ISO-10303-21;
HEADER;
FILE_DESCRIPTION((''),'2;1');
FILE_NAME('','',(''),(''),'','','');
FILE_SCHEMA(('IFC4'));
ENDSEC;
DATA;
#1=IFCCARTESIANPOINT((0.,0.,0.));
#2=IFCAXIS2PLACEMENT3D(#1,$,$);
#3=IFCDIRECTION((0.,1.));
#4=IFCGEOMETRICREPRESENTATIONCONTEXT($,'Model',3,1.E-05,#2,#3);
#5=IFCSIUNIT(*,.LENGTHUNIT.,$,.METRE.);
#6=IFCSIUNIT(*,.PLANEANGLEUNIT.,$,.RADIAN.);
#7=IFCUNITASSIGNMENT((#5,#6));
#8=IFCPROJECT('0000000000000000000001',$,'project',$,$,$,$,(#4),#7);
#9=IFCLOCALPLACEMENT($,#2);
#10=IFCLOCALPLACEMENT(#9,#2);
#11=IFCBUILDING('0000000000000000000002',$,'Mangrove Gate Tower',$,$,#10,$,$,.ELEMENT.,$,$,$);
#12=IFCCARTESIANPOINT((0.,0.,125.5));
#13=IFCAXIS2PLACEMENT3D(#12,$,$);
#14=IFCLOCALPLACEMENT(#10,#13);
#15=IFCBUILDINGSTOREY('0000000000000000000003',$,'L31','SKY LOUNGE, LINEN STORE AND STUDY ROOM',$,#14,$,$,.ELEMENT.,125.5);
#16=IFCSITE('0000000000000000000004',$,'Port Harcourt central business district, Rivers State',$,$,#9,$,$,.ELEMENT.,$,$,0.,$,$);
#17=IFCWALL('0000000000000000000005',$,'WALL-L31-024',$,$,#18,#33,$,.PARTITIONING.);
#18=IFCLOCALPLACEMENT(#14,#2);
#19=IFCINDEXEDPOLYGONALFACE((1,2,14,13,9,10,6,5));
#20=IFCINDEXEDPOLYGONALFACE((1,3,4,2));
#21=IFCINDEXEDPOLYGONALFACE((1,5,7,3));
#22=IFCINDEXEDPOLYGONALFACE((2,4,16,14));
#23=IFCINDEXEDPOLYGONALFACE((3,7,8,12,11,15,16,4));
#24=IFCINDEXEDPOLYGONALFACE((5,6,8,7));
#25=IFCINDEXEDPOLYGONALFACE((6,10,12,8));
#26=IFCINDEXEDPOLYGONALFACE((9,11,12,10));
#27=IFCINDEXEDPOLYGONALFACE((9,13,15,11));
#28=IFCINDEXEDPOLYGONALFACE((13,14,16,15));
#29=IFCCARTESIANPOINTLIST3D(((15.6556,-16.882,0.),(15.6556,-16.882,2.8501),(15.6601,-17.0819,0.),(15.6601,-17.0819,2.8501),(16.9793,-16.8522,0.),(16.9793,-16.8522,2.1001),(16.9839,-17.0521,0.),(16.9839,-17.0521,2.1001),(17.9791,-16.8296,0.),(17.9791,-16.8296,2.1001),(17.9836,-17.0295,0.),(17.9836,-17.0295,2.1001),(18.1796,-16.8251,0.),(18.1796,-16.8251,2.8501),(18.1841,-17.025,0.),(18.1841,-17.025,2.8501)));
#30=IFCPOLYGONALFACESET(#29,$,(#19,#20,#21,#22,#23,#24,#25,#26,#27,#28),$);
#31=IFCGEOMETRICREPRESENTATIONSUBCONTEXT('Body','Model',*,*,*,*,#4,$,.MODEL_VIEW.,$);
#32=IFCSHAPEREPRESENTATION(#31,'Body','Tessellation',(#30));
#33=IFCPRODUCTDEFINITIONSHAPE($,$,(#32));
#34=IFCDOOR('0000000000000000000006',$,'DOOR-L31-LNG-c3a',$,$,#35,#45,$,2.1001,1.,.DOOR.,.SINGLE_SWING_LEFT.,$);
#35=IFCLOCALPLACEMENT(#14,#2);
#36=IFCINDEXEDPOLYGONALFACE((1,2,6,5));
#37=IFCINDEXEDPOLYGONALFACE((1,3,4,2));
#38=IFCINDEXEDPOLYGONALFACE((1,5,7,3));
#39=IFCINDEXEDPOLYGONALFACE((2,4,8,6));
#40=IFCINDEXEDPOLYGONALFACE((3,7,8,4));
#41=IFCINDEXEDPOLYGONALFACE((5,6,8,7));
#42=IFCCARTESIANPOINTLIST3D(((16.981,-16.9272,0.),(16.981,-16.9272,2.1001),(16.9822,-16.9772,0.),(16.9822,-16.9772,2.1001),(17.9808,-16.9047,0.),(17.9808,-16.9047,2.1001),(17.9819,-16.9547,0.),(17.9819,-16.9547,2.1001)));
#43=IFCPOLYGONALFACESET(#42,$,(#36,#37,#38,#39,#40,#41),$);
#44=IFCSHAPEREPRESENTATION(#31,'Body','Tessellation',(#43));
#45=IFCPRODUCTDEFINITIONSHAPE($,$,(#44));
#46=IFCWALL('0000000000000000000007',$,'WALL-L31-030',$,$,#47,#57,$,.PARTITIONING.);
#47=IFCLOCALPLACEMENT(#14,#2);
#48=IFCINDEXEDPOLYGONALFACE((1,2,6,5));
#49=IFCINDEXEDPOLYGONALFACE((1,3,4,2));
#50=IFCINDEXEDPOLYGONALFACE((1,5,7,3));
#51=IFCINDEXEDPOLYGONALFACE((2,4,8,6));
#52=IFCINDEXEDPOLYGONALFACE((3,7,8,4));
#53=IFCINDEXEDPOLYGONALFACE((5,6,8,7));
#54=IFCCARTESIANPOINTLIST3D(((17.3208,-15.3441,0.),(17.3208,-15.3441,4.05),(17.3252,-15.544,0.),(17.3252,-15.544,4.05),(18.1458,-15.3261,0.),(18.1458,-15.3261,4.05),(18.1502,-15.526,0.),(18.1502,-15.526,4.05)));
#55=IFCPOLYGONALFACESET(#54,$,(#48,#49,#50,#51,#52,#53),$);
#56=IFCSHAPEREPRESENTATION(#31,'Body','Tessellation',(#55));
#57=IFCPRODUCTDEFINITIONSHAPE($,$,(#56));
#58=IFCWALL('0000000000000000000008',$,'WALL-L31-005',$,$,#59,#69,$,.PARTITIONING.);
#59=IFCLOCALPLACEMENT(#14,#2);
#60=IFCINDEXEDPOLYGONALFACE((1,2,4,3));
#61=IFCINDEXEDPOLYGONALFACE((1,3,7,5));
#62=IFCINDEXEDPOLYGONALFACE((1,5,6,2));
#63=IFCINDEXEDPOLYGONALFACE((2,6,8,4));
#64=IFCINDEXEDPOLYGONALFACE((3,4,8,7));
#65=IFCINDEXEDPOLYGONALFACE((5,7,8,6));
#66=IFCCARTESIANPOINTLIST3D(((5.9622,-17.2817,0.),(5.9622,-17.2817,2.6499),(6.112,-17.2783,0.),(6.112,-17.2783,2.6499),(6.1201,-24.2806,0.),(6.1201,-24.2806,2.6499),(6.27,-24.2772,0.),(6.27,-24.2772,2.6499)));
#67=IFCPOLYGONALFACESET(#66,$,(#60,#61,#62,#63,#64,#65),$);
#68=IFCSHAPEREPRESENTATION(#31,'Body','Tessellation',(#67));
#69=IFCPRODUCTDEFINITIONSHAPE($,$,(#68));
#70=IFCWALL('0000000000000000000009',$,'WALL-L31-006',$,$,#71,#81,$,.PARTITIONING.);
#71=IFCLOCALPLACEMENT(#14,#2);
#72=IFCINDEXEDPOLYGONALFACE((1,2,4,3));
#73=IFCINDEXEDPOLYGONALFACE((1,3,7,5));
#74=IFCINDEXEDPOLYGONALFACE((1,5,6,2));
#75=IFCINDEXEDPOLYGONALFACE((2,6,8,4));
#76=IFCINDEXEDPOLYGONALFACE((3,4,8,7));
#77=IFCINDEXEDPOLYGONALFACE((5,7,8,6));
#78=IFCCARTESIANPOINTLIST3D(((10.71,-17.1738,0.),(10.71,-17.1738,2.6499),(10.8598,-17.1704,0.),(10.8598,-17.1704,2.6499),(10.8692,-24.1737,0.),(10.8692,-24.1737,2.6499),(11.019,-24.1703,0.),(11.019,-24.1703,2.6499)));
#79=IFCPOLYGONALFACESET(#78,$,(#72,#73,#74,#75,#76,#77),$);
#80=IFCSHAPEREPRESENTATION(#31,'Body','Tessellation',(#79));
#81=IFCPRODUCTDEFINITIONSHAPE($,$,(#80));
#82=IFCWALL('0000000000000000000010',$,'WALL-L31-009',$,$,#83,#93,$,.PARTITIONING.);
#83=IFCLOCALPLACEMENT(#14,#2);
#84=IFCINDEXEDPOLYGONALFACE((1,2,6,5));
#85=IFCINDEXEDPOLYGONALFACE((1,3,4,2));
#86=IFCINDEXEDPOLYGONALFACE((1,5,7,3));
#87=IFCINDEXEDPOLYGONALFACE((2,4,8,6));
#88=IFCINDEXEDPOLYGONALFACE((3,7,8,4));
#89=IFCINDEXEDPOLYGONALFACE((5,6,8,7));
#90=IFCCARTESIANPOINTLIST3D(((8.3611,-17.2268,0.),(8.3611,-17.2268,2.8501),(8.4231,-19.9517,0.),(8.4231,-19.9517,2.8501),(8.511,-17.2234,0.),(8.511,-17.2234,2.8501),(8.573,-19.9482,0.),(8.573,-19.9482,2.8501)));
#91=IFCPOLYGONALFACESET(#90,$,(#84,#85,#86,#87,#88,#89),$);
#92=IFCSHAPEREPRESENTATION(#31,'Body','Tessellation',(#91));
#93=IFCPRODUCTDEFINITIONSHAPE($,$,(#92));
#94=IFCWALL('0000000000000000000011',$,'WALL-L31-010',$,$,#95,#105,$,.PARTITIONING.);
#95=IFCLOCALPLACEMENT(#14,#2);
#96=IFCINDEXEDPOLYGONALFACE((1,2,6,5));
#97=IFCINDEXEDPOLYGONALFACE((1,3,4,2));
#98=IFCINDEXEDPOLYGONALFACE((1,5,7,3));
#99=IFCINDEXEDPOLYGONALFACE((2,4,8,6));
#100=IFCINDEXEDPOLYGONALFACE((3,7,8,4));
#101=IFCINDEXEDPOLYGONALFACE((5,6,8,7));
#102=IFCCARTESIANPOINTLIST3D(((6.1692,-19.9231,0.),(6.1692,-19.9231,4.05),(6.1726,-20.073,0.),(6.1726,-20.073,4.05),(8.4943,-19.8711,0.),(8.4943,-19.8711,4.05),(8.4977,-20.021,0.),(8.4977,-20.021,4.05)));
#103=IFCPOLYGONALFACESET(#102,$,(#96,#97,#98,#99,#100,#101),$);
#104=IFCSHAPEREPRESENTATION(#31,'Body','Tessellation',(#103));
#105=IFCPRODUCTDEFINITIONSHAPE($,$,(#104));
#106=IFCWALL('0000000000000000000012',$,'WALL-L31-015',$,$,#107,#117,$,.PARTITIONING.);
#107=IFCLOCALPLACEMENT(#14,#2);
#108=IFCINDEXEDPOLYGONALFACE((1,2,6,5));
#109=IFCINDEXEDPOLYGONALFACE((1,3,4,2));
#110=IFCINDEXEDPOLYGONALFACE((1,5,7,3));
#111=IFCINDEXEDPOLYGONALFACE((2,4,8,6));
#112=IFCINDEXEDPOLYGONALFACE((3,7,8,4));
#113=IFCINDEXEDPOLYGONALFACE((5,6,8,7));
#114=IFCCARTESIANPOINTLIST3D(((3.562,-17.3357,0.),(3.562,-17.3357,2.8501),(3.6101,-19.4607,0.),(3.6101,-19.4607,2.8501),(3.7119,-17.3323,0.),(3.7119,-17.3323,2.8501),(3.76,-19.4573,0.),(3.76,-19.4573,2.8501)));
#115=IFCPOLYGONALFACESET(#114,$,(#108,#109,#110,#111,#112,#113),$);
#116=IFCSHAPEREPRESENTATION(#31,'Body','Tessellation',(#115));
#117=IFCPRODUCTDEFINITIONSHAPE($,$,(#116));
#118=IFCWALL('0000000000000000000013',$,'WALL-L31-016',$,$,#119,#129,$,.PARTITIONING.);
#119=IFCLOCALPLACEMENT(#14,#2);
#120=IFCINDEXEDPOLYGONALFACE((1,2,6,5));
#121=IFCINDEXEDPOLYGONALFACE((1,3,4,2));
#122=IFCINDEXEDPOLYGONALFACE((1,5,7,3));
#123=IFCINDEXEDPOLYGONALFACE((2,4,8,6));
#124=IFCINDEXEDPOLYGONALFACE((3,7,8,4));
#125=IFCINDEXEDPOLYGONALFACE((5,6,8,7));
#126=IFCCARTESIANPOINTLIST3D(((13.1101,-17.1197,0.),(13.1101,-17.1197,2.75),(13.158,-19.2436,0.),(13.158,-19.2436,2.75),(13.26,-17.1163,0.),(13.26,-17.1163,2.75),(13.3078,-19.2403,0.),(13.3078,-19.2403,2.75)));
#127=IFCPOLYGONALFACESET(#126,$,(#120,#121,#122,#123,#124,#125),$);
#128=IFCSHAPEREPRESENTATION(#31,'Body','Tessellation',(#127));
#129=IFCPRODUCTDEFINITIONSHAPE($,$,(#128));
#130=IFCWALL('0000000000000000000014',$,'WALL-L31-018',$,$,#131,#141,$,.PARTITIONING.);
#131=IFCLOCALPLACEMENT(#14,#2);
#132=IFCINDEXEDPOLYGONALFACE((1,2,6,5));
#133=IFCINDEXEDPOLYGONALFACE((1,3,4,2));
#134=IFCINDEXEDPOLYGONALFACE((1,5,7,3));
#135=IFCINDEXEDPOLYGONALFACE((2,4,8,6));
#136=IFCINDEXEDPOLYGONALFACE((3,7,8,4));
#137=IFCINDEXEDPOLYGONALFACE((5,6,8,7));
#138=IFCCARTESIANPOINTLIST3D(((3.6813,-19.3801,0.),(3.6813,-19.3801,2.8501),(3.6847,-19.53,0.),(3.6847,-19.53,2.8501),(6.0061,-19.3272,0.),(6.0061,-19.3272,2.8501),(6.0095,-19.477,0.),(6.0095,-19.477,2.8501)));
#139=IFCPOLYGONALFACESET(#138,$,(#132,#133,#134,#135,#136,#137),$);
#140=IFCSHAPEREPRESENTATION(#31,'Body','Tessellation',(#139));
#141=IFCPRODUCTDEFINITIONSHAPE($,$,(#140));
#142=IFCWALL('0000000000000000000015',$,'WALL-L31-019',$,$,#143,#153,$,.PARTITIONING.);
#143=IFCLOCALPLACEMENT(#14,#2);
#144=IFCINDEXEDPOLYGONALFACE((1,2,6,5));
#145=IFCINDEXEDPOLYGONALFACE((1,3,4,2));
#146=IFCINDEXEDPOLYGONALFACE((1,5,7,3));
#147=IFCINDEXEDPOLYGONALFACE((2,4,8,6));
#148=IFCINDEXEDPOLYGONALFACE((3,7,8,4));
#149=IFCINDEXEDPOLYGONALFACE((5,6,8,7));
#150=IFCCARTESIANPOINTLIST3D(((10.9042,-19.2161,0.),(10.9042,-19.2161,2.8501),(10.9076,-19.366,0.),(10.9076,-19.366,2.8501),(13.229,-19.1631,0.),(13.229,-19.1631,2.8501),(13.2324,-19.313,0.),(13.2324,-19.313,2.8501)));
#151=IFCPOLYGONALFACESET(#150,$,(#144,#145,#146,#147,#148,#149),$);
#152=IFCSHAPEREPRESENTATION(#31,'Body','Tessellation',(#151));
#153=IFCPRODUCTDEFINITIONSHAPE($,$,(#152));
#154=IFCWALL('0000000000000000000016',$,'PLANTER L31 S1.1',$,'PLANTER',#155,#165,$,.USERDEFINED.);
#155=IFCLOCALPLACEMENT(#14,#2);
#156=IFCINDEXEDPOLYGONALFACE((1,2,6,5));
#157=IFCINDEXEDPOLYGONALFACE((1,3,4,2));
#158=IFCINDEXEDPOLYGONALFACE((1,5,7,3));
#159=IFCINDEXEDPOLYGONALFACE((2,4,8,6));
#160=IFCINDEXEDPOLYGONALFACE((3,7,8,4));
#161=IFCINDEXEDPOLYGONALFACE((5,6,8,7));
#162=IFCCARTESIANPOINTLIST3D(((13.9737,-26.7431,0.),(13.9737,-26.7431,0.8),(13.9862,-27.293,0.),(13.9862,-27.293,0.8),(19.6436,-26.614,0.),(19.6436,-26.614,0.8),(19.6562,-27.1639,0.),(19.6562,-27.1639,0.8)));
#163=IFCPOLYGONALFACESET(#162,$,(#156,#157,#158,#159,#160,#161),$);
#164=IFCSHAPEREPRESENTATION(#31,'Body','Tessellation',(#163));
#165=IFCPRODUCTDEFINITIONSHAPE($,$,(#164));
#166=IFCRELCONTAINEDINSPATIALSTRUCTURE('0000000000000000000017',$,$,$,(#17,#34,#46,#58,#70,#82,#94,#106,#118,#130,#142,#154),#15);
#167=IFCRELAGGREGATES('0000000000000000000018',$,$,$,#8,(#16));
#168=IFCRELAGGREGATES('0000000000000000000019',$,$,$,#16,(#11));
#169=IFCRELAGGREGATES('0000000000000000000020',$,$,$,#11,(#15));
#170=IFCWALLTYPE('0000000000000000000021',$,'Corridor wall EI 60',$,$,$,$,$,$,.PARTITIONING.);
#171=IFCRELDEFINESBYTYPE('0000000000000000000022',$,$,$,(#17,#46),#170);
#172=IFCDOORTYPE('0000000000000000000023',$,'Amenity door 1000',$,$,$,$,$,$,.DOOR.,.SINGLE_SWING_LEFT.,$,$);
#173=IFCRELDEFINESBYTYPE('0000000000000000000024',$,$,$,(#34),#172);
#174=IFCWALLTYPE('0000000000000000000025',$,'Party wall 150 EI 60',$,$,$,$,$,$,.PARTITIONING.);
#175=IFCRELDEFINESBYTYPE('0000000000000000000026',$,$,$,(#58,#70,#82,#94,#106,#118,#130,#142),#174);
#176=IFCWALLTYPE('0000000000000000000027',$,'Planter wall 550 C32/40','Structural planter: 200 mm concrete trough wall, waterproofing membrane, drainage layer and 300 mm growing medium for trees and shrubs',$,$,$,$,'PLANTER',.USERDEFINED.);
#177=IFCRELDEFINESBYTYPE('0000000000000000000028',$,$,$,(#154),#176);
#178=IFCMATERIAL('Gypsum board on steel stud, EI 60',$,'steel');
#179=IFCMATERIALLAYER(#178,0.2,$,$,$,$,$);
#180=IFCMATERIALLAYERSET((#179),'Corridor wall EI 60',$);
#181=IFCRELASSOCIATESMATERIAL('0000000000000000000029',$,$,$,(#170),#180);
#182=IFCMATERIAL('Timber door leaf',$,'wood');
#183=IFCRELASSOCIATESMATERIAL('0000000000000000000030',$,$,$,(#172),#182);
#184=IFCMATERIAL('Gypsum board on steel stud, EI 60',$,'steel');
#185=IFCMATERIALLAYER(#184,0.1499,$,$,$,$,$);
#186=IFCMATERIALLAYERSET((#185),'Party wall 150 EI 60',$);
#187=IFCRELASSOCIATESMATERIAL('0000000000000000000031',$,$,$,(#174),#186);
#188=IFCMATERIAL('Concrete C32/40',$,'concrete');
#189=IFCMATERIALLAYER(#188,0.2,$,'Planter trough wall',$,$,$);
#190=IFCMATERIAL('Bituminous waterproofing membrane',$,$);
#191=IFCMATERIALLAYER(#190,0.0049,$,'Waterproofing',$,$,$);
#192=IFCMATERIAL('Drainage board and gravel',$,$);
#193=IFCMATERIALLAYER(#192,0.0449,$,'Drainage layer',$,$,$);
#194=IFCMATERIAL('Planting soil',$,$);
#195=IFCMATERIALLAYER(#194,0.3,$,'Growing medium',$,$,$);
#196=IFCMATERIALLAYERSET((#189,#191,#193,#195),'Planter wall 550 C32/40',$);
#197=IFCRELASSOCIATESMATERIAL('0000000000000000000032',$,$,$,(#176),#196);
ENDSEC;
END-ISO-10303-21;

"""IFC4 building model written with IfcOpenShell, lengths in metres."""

from ifc_helpers import new_model, si_unit, direction, frame, frame_2d, origin, place, context, subcontext, project, spatial, rectangle, extrude, material, layer, layer_set, type_object, element, fill, save


model = new_model("IFC4")

# Units and contexts
model_context = context("Model", 3, precision=1e-05, world=origin(), true_north=direction((0.0, 1.0)))
body_context = subcontext(model_context, "Body", "Model", "MODEL_VIEW")
ifc_project = project(units=[si_unit("LENGTHUNIT", "METRE"), si_unit("PLANEANGLEUNIT", "RADIAN")], contexts=[model_context])

# Site, building, storey
site_placement = place(None, origin())
site = spatial("IfcSite", under=ifc_project, at=site_placement, Name="Port Harcourt central business district, Rivers State", CompositionType="ELEMENT", RefElevation=0.0)
building_placement = place(site_placement, origin())
building = spatial("IfcBuilding", under=site, at=building_placement, Name="Mangrove Gate Tower", CompositionType="ELEMENT")
storey_placement = place(building_placement, frame((0.0, 0.0, 125.5)))
storey = spatial("IfcBuildingStorey", under=building, at=storey_placement, Name="L31", Description="SKY LOUNGE, LINEN STORE AND STUDY ROOM", CompositionType="ELEMENT", Elevation=125.5)

# Wall, opening, door
ifc_material_1 = material(Name="Gypsum board on steel stud, EI 60", Category="steel")
ifc_layer_1 = layer(ifc_material_1, 0.2)
ifc_layer_set_1 = layer_set([ifc_layer_1], Name="Corridor wall EI 60")
wall_type_1 = type_object("IfcWallType", Name="Corridor wall EI 60", PredefinedType="PARTITIONING", material=ifc_layer_set_1)
wall_1_placement = place(storey_placement, frame((15.658, -16.9819, 0.0), z_axis=(0.0, 0.0, 1.0), x_axis=(0.999746, 0.022532, 0.0)))
wall_1 = element("IfcWall", 1, at=wall_1_placement, inside=storey, type_object=wall_type_1, Name="WALL-L31-024", PredefinedType="PARTITIONING", context=body_context, shape_type="SweptSolid", body=[
    extrude(rectangle(XDim=2.5247, YDim=0.2, at=frame_2d((1.2622, 0.0))), origin(), (0.0, 0.0, 1.0), 2.8501),
])
opening_placement = place(wall_1_placement, frame((1.324, 0.0, 0.0)))
opening = element("IfcOpeningElement", 2, at=opening_placement, cuts=wall_1, PredefinedType="OPENING", context=body_context, shape_type="SweptSolid", body=[
    extrude(rectangle(XDim=1.0, YDim=2.1001, at=frame_2d((0.5, 1.05))), frame((0.0, 0.1099, 0.0), z_axis=(0.0, -1.0, 0.0), x_axis=(1.0, 0.0, 0.0)), (0.0, 0.0, 1.0), 0.22),
])
ifc_material_2 = material(Name="Timber door leaf", Category="wood")
door_type = type_object("IfcDoorType", Name="Amenity door 1000", OperationType="SINGLE_SWING_LEFT", PredefinedType="DOOR", material=ifc_material_2)
door_placement = place(opening_placement, origin())
door = element("IfcDoor", 3, at=door_placement, inside=storey, type_object=door_type, Name="DOOR-L31-LNG-c3a", OperationType="SINGLE_SWING_LEFT", OverallHeight=2.1001, OverallWidth=1.0, PredefinedType="DOOR", context=body_context, shape_type="SweptSolid", body=[
    extrude(rectangle(XDim=1.0, YDim=2.1001, at=frame_2d((0.5, 1.05))), frame((0.0, 0.0249, 0.0), z_axis=(0.0, -1.0, 0.0), x_axis=(1.0, 0.0, 0.0)), (0.0, 0.0, 1.0), 0.05),
])
fill(opening, door)

# Walls
wall_2_placement = place(storey_placement, frame((17.323, -15.4441, 0.0), z_axis=(0.0, 0.0, 1.0), x_axis=(0.99976, 0.021895, 0.0)))
element("IfcWall", 4, at=wall_2_placement, inside=storey, type_object=wall_type_1, Name="WALL-L31-030", PredefinedType="PARTITIONING", context=body_context, shape_type="SweptSolid", body=[
    extrude(rectangle(XDim=0.8252, YDim=0.2, at=frame_2d((0.4126, 0.0))), origin(), (0.0, 0.0, 1.0), 4.05),
])
ifc_material_3 = material(Name="Gypsum board on steel stud, EI 60", Category="steel")
ifc_layer_2 = layer(ifc_material_3, 0.1499)
ifc_layer_set_2 = layer_set([ifc_layer_2], Name="Party wall 150 EI 60")
wall_type_2 = type_object("IfcWallType", Name="Party wall 150 EI 60", PredefinedType="PARTITIONING", material=ifc_layer_set_2)
wall_3_placement = place(storey_placement, frame((6.1951, -24.2791, 0.0), z_axis=(0.0, 0.0, 1.0), x_axis=(-0.022563, 0.999745, 0.0)))
element("IfcWall", 5, at=wall_3_placement, inside=storey, type_object=wall_type_2, Name="WALL-L31-005", PredefinedType="PARTITIONING", context=body_context, shape_type="SweptSolid", body=[
    extrude(rectangle(XDim=7.0007, YDim=0.1499, at=frame_2d((3.5005, 0.0))), origin(), (0.0, 0.0, 1.0), 2.6499),
])
wall_4_placement = place(storey_placement, frame((10.9441, -24.1721, 0.0), z_axis=(0.0, 0.0, 1.0), x_axis=(-0.022734, 0.999742, 0.0)))
element("IfcWall", 6, at=wall_4_placement, inside=storey, type_object=wall_type_2, Name="WALL-L31-006", PredefinedType="PARTITIONING", context=body_context, shape_type="SweptSolid", body=[
    extrude(rectangle(XDim=7.0017, YDim=0.1499, at=frame_2d((3.501, 0.0))), origin(), (0.0, 0.0, 1.0), 2.6499),
])
wall_5_placement = place(storey_placement, frame((8.498, -19.95, 0.0), z_axis=(0.0, 0.0, 1.0), x_axis=(-0.022752, 0.999741, 0.0)))
element("IfcWall", 7, at=wall_5_placement, inside=storey, type_object=wall_type_2, Name="WALL-L31-009", PredefinedType="PARTITIONING", context=body_context, shape_type="SweptSolid", body=[
    extrude(rectangle(XDim=2.7256, YDim=0.1499, at=frame_2d((1.3628, 0.0))), origin(), (0.0, 0.0, 1.0), 2.8501),
])
wall_6_placement = place(storey_placement, frame((6.1709, -19.998, 0.0), z_axis=(0.0, 0.0, 1.0), x_axis=(0.99975, 0.022359, 0.0)))
element("IfcWall", 8, at=wall_6_placement, inside=storey, type_object=wall_type_2, Name="WALL-L31-010", PredefinedType="PARTITIONING", context=body_context, shape_type="SweptSolid", body=[
    extrude(rectangle(XDim=2.3257, YDim=0.1499, at=frame_2d((1.1628, 0.0))), origin(), (0.0, 0.0, 1.0), 4.05),
])
wall_7_placement = place(storey_placement, frame((3.6851, -19.459, 0.0), z_axis=(0.0, 0.0, 1.0), x_axis=(-0.022627, 0.999744, 0.0)))
element("IfcWall", 9, at=wall_7_placement, inside=storey, type_object=wall_type_2, Name="WALL-L31-015", PredefinedType="PARTITIONING", context=body_context, shape_type="SweptSolid", body=[
    extrude(rectangle(XDim=2.1255, YDim=0.1499, at=frame_2d((1.0627, 0.0))), origin(), (0.0, 0.0, 1.0), 2.8501),
])
wall_8_placement = place(storey_placement, frame((13.2329, -19.2419, 0.0), z_axis=(0.0, 0.0, 1.0), x_axis=(-0.022523, 0.999746, 0.0)))
element("IfcWall", 10, at=wall_8_placement, inside=storey, type_object=wall_type_2, Name="WALL-L31-016", PredefinedType="PARTITIONING", context=body_context, shape_type="SweptSolid", body=[
    extrude(rectangle(XDim=2.1245, YDim=0.1499, at=frame_2d((1.0623, 0.0))), origin(), (0.0, 0.0, 1.0), 2.75),
])
for number, where, z_axis, x_axis, name in (
    (11, (3.6831, -19.4551, 0.0), (0.0, 0.0, 1.0), (0.99974, 0.022781, 0.0), "WALL-L31-018"),
    (12, (10.906, -19.291, 0.0), (0.0, 0.0, 1.0), (0.99974, 0.022781, 0.0), "WALL-L31-019"),
):
    element("IfcWall", number, at=place(storey_placement, frame(where, z_axis=z_axis, x_axis=x_axis)), inside=storey, type_object=wall_type_2, Name=name, PredefinedType="PARTITIONING", context=body_context, shape_type="SweptSolid", body=[
        extrude(rectangle(XDim=2.3254, YDim=0.1499, at=frame_2d((1.1626, 0.0))), origin(), (0.0, 0.0, 1.0), 2.8501),
    ])
ifc_material_4 = material(Name="Concrete C32/40", Category="concrete")
ifc_layer_3 = layer(ifc_material_4, 0.2, Name="Planter trough wall")
ifc_material_5 = material(Name="Bituminous waterproofing membrane")
ifc_layer_4 = layer(ifc_material_5, 0.0049, Name="Waterproofing")
ifc_material_6 = material(Name="Drainage board and gravel")
ifc_layer_5 = layer(ifc_material_6, 0.0449, Name="Drainage layer")
ifc_material_7 = material(Name="Planting soil")
ifc_layer_6 = layer(ifc_material_7, 0.3, Name="Growing medium")
ifc_layer_set_3 = layer_set([ifc_layer_3, ifc_layer_4, ifc_layer_5, ifc_layer_6], Name="Planter wall 550 C32/40")
wall_type_3 = type_object("IfcWallType", Name="Planter wall 550 C32/40", Description="Structural planter: 200 mm concrete trough wall, waterproofing membrane, drainage layer and 300 mm growing medium for trees and shrubs", ElementType="PLANTER", PredefinedType="USERDEFINED", material=ifc_layer_set_3)
wall_9_placement = place(storey_placement, frame((13.98, -27.0181, 0.0), z_axis=(0.0, 0.0, 1.0), x_axis=(0.999741, 0.022772, 0.0)))
element("IfcWall", 13, at=wall_9_placement, inside=storey, type_object=wall_type_3, Name="PLANTER L31 S1.1", ObjectType="PLANTER", PredefinedType="USERDEFINED", context=body_context, shape_type="SweptSolid", body=[
    extrude(rectangle(XDim=5.6714, YDim=0.55, at=frame_2d((2.8357, 0.0))), origin(), (0.0, 0.0, 1.0), 0.8),
])

save(model, "model.ifc")
